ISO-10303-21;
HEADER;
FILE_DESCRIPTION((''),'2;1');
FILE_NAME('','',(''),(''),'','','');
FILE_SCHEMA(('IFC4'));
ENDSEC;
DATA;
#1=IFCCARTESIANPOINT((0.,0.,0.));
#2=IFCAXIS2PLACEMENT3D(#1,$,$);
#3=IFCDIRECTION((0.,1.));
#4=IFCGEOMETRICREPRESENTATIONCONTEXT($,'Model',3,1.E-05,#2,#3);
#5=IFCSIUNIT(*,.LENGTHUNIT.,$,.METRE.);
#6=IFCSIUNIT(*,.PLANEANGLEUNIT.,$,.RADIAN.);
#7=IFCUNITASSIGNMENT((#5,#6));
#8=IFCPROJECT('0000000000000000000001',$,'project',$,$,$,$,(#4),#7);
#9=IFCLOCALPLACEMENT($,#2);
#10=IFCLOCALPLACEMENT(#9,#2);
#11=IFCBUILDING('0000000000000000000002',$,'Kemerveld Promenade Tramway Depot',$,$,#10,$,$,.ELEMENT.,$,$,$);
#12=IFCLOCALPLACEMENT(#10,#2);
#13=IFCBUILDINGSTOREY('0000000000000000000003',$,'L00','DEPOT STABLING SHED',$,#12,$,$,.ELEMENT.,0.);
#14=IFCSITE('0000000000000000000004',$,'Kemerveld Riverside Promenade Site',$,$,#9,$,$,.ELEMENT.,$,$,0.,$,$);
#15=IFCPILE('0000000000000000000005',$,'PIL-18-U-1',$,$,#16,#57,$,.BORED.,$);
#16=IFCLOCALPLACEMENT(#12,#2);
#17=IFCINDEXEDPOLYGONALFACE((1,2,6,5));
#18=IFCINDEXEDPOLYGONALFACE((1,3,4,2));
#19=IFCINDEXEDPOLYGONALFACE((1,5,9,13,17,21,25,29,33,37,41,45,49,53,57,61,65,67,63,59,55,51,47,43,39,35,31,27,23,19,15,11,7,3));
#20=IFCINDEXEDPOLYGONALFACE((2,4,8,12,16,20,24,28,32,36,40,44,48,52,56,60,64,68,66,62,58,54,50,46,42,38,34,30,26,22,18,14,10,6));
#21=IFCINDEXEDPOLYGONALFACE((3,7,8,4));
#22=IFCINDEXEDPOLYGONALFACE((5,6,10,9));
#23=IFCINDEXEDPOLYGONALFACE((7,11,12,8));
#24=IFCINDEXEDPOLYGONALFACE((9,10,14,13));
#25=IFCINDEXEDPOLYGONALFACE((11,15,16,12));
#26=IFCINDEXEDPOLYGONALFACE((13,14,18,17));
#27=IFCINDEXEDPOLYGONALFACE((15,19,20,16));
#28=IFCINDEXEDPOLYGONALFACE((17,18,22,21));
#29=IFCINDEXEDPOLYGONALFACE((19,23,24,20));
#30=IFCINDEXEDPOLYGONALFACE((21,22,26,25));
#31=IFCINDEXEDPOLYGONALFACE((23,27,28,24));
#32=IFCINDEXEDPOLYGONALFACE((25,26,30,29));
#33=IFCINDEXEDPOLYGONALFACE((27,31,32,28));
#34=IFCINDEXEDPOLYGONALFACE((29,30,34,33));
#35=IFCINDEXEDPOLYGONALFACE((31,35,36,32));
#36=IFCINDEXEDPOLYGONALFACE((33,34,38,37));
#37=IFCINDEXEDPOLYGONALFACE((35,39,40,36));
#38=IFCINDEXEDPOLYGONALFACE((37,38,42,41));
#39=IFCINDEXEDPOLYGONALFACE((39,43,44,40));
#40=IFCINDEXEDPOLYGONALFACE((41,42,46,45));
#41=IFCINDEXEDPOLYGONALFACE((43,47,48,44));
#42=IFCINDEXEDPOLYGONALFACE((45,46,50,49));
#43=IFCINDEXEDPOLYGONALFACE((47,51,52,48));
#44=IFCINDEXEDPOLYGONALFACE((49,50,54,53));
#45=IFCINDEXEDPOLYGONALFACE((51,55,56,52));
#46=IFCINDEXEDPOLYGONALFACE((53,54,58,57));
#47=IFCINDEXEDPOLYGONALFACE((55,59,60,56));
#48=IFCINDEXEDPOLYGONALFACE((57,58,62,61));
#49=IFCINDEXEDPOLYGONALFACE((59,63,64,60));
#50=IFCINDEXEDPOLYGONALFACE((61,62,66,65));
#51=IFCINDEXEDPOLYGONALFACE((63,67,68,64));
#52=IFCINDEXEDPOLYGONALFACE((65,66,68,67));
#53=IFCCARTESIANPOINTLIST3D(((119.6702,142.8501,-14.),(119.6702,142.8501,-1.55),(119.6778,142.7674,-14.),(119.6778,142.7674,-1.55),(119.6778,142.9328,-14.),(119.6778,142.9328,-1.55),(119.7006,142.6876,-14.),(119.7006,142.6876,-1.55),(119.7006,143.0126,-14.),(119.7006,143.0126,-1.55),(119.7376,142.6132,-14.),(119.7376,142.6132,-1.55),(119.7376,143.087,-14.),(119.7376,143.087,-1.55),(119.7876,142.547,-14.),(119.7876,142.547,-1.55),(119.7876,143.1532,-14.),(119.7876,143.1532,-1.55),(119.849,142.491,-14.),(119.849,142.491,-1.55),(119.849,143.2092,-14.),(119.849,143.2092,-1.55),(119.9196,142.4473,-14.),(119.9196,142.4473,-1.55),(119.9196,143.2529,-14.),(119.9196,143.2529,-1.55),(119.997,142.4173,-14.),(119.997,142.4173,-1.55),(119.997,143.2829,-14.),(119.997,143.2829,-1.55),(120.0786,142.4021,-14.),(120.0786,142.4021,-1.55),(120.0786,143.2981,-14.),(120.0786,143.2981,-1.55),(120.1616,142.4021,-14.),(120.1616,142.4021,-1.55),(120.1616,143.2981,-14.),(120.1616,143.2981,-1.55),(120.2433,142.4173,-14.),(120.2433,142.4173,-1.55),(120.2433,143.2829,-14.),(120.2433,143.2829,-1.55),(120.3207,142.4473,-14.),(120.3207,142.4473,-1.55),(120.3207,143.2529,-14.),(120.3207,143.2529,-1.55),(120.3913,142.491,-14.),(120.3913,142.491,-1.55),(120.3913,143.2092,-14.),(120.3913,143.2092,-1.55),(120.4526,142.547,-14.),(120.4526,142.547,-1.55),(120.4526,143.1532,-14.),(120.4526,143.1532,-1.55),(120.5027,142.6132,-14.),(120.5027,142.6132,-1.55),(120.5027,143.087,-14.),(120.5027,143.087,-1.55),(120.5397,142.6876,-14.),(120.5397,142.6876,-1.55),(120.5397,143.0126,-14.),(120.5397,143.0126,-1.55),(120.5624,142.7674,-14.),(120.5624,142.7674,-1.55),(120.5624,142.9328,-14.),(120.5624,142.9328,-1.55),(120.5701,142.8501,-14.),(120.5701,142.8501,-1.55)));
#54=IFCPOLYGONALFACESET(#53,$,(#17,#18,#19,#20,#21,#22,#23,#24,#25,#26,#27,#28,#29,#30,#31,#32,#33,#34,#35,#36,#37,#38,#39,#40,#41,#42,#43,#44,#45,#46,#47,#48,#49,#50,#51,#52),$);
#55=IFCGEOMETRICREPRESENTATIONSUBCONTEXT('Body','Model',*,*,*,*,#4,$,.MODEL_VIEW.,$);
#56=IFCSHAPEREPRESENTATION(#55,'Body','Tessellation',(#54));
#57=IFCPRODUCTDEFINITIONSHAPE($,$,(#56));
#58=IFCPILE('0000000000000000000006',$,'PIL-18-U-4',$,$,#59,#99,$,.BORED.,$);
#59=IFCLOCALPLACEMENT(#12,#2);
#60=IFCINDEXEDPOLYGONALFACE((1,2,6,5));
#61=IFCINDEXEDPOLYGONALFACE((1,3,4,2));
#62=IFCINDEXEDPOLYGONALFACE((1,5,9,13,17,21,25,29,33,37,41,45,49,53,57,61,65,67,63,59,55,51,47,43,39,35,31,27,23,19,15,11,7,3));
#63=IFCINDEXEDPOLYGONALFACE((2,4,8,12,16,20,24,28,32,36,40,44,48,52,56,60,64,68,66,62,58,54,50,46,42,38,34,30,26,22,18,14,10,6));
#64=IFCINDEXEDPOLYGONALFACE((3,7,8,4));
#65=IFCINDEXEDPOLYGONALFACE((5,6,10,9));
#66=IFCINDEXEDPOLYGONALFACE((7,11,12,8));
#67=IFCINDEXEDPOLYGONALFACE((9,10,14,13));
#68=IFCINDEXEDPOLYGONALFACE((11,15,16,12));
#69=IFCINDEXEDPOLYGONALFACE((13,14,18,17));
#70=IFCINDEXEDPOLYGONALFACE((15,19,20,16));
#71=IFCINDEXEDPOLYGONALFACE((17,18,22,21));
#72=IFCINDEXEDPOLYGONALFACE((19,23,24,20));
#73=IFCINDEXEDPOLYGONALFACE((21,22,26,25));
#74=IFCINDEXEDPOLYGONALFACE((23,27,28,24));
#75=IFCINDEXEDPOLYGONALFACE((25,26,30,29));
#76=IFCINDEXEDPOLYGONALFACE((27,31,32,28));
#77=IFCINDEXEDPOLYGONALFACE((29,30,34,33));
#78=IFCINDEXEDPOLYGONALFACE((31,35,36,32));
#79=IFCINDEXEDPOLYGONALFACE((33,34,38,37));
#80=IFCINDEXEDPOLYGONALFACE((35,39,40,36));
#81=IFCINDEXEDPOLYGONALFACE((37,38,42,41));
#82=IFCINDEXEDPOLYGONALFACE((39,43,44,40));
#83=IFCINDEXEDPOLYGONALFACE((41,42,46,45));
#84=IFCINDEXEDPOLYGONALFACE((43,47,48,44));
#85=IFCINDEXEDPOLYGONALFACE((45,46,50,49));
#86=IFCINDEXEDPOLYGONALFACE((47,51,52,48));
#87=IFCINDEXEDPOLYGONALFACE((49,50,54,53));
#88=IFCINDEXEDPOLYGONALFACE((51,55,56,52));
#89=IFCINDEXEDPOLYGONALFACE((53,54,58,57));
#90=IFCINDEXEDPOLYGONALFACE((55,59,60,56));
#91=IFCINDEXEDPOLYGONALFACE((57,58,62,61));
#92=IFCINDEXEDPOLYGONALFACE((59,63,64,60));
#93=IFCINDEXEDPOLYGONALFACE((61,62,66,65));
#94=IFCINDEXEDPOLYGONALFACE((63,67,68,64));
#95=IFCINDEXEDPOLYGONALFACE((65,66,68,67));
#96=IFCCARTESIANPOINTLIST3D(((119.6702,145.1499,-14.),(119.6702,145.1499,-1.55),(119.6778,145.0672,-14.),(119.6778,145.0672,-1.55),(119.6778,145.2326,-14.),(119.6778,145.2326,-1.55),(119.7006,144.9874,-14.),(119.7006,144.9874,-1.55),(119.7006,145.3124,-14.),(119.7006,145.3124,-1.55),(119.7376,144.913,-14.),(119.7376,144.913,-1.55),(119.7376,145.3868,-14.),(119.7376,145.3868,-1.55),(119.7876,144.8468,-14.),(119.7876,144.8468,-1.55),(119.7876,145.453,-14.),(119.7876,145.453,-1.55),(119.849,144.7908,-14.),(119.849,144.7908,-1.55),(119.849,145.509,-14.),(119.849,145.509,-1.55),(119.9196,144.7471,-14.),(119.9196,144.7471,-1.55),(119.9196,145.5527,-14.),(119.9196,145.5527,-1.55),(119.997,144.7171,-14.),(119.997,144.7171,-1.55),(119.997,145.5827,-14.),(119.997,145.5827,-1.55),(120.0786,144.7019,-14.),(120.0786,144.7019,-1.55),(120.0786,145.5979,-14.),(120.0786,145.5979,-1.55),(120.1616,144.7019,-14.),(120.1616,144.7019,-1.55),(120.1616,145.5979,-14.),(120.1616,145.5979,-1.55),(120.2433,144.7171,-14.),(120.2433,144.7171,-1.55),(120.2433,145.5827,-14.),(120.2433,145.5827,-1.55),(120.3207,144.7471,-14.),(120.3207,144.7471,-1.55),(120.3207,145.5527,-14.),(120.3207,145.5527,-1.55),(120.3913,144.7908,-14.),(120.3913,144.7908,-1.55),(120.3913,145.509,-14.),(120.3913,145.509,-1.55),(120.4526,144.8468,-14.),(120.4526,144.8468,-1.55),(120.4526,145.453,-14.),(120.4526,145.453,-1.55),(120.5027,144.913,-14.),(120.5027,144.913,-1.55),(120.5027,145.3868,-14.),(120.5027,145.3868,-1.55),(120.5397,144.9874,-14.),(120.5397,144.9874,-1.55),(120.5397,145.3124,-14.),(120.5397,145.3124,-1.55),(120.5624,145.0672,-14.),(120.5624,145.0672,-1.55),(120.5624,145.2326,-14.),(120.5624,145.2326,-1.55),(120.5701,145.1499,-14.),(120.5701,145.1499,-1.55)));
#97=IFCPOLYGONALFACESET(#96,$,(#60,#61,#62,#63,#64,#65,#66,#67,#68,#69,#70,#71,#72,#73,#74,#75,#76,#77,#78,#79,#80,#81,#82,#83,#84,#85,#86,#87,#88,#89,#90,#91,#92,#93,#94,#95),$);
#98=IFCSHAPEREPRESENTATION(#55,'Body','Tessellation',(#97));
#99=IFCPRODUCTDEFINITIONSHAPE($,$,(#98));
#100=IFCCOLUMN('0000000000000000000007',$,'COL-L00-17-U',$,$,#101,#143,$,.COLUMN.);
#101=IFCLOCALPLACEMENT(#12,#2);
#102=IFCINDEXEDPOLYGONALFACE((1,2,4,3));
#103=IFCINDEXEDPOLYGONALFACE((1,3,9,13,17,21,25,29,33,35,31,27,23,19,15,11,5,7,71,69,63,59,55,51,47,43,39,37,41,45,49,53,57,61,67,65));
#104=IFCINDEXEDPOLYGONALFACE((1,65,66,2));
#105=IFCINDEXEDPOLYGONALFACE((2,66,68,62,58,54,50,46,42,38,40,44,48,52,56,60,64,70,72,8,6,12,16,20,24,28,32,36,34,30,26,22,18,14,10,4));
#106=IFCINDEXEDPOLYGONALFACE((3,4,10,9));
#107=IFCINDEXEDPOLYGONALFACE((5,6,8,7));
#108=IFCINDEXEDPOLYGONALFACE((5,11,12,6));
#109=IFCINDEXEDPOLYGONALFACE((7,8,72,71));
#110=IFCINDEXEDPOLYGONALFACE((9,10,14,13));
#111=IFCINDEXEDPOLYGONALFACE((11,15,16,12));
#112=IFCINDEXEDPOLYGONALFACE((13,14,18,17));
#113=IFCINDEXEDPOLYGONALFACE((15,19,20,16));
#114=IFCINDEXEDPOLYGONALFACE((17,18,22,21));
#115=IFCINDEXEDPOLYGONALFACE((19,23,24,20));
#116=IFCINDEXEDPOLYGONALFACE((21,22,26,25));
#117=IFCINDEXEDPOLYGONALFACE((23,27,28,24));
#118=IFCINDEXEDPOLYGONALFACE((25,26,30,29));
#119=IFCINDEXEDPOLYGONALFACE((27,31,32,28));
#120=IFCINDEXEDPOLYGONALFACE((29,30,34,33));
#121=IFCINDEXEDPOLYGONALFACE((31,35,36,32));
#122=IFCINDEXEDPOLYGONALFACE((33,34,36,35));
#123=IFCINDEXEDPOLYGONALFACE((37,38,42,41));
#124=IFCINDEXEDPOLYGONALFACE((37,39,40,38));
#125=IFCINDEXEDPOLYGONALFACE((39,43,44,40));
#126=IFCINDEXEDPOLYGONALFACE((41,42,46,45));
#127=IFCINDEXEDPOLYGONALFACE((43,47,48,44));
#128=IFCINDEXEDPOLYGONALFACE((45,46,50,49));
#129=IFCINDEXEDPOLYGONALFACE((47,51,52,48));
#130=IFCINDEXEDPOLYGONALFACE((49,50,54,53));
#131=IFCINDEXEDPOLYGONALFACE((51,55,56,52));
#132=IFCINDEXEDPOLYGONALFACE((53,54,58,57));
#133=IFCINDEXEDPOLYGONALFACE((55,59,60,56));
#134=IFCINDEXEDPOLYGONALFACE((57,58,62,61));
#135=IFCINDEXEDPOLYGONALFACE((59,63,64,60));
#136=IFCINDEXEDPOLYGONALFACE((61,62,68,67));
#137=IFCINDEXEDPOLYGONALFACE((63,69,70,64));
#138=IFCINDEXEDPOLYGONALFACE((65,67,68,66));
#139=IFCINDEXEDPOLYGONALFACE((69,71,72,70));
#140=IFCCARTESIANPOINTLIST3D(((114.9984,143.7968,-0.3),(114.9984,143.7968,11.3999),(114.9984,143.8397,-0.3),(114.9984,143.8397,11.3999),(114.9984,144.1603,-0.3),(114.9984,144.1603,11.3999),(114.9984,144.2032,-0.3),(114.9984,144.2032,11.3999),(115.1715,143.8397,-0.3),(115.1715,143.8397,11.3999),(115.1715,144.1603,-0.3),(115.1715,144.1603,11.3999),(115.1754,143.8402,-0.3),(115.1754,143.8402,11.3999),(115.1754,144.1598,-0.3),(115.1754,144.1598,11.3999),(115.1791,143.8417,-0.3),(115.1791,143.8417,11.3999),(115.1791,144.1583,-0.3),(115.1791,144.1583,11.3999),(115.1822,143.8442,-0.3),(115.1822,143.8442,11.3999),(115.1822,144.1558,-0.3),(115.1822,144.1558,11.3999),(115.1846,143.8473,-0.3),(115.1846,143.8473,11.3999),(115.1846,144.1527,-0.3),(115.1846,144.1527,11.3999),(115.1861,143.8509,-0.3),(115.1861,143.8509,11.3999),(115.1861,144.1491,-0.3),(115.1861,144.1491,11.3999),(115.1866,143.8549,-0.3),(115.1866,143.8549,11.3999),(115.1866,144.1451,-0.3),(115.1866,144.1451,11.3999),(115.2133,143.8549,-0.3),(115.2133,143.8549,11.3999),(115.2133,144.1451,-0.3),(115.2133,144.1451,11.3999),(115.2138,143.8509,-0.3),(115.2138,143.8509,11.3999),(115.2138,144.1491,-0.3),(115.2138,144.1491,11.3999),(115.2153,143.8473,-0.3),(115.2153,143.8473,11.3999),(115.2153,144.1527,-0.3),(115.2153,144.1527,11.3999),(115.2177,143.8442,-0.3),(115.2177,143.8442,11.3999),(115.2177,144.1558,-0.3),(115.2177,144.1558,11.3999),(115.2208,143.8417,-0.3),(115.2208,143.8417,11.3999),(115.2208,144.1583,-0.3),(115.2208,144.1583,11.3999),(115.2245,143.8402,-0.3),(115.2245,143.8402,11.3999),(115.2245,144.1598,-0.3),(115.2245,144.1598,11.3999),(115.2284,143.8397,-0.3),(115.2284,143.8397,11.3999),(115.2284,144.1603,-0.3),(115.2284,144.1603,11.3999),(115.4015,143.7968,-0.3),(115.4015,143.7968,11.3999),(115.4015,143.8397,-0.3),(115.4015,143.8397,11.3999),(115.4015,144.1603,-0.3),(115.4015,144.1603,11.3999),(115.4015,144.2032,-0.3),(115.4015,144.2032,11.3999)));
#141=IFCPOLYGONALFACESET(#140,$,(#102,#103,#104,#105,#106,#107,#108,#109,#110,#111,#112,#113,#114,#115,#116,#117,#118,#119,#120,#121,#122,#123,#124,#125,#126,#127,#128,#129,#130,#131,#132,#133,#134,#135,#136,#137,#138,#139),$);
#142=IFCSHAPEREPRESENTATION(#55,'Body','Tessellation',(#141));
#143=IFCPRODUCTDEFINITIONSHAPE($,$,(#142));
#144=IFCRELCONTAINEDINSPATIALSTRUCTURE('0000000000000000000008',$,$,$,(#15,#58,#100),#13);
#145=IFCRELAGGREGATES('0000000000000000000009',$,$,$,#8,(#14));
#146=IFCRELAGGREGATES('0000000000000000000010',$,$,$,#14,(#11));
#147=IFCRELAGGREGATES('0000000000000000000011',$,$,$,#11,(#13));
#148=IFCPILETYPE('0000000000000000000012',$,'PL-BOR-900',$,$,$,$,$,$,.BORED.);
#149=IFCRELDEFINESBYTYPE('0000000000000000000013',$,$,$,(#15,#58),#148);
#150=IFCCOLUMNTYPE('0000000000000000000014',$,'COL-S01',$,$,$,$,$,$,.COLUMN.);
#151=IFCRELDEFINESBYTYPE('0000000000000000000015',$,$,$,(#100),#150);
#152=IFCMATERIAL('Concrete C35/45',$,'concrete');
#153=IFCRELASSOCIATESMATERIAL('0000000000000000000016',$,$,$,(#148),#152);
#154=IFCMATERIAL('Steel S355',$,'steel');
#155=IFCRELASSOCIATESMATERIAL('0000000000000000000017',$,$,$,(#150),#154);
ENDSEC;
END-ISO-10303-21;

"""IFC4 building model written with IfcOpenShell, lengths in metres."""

from ifc_helpers import new_model, si_unit, direction, frame, origin, origin_2d, place, context, subcontext, project, spatial, circle, i_section, extrude, material, material_profile, profile_set, type_object, element, save


model = new_model("IFC4")

# Units and contexts
model_context = context("Model", 3, precision=1e-05, world=origin(), true_north=direction((0.0, 1.0)))
body_context = subcontext(model_context, "Body", "Model", "MODEL_VIEW")
ifc_project = project(units=[si_unit("LENGTHUNIT", "METRE"), si_unit("PLANEANGLEUNIT", "RADIAN")], contexts=[model_context])

# Site, building, storey
site_placement = place(None, origin())
site = spatial("IfcSite", under=ifc_project, at=site_placement, Name="Kemerveld Riverside Promenade Site", CompositionType="ELEMENT", RefElevation=0.0)
building_placement = place(site_placement, origin())
building = spatial("IfcBuilding", under=site, at=building_placement, Name="Kemerveld Promenade Tramway Depot", CompositionType="ELEMENT")
storey_placement = place(building_placement, origin())
storey = spatial("IfcBuildingStorey", under=building, at=storey_placement, Name="L00", Description="DEPOT STABLING SHED", CompositionType="ELEMENT", Elevation=0.0)

# Shared definitions
ifc_material_1 = material(Name="Concrete C35/45", Category="concrete")

# Piles
ifc_material_profile_1 = material_profile(ifc_material_1, circle(Radius=0.45, at=origin_2d()), Name="PILE-D900")
ifc_profile_set_1 = profile_set([ifc_material_profile_1], Name="Concrete C35/45")
pile_type = type_object("IfcPileType", Name="PL-BOR-900", PredefinedType="BORED", material=ifc_profile_set_1)
for number, where, z_axis, x_axis, name in (
    (1, (120.1201, 142.8501, -1.55), (0.0, 0.0, -1.0), (1.0, 0.0, 0.0), "PIL-18-U-1"),
    (2, (120.1201, 145.1499, -1.55), (0.0, 0.0, -1.0), (1.0, 0.0, 0.0), "PIL-18-U-4"),
):
    element("IfcPile", number, at=place(storey_placement, frame(where, z_axis=z_axis, x_axis=x_axis)), inside=storey, type_object=pile_type, Name=name, PredefinedType="BORED", context=body_context, shape_type="SweptSolid", body=[
        extrude(circle(Radius=0.45, at=origin_2d()), origin(), (0.0, 0.0, 1.0), 12.45),
    ])

# Column
ifc_material_2 = material(Name="Steel S355", Category="steel")
ifc_material_profile_2 = material_profile(ifc_material_2, i_section(OverallWidth=0.4031, OverallDepth=0.4065, WebThickness=0.0266, FlangeThickness=0.043, FilletRadius=0.0151, at=origin_2d()), Name="356x406x340 UC")
ifc_profile_set_2 = profile_set([ifc_material_profile_2], Name="Steel S355")
column_type = type_object("IfcColumnType", Name="COL-S01", PredefinedType="COLUMN", material=ifc_profile_set_2)
column_placement = place(storey_placement, frame((115.2, 144.0, -0.3), z_axis=(0.0, 0.0, 1.0), x_axis=(1.0, 0.0, 0.0)))
element("IfcColumn", 3, at=column_placement, inside=storey, type_object=column_type, Name="COL-L00-17-U", PredefinedType="COLUMN", context=body_context, shape_type="SweptSolid", body=[
    extrude(i_section(OverallWidth=0.4031, OverallDepth=0.4065, WebThickness=0.0266, FlangeThickness=0.043, FilletRadius=0.0151, at=origin_2d()), origin(), (0.0, 0.0, 1.0), 11.7),
])

save(model, "model.ifc")
